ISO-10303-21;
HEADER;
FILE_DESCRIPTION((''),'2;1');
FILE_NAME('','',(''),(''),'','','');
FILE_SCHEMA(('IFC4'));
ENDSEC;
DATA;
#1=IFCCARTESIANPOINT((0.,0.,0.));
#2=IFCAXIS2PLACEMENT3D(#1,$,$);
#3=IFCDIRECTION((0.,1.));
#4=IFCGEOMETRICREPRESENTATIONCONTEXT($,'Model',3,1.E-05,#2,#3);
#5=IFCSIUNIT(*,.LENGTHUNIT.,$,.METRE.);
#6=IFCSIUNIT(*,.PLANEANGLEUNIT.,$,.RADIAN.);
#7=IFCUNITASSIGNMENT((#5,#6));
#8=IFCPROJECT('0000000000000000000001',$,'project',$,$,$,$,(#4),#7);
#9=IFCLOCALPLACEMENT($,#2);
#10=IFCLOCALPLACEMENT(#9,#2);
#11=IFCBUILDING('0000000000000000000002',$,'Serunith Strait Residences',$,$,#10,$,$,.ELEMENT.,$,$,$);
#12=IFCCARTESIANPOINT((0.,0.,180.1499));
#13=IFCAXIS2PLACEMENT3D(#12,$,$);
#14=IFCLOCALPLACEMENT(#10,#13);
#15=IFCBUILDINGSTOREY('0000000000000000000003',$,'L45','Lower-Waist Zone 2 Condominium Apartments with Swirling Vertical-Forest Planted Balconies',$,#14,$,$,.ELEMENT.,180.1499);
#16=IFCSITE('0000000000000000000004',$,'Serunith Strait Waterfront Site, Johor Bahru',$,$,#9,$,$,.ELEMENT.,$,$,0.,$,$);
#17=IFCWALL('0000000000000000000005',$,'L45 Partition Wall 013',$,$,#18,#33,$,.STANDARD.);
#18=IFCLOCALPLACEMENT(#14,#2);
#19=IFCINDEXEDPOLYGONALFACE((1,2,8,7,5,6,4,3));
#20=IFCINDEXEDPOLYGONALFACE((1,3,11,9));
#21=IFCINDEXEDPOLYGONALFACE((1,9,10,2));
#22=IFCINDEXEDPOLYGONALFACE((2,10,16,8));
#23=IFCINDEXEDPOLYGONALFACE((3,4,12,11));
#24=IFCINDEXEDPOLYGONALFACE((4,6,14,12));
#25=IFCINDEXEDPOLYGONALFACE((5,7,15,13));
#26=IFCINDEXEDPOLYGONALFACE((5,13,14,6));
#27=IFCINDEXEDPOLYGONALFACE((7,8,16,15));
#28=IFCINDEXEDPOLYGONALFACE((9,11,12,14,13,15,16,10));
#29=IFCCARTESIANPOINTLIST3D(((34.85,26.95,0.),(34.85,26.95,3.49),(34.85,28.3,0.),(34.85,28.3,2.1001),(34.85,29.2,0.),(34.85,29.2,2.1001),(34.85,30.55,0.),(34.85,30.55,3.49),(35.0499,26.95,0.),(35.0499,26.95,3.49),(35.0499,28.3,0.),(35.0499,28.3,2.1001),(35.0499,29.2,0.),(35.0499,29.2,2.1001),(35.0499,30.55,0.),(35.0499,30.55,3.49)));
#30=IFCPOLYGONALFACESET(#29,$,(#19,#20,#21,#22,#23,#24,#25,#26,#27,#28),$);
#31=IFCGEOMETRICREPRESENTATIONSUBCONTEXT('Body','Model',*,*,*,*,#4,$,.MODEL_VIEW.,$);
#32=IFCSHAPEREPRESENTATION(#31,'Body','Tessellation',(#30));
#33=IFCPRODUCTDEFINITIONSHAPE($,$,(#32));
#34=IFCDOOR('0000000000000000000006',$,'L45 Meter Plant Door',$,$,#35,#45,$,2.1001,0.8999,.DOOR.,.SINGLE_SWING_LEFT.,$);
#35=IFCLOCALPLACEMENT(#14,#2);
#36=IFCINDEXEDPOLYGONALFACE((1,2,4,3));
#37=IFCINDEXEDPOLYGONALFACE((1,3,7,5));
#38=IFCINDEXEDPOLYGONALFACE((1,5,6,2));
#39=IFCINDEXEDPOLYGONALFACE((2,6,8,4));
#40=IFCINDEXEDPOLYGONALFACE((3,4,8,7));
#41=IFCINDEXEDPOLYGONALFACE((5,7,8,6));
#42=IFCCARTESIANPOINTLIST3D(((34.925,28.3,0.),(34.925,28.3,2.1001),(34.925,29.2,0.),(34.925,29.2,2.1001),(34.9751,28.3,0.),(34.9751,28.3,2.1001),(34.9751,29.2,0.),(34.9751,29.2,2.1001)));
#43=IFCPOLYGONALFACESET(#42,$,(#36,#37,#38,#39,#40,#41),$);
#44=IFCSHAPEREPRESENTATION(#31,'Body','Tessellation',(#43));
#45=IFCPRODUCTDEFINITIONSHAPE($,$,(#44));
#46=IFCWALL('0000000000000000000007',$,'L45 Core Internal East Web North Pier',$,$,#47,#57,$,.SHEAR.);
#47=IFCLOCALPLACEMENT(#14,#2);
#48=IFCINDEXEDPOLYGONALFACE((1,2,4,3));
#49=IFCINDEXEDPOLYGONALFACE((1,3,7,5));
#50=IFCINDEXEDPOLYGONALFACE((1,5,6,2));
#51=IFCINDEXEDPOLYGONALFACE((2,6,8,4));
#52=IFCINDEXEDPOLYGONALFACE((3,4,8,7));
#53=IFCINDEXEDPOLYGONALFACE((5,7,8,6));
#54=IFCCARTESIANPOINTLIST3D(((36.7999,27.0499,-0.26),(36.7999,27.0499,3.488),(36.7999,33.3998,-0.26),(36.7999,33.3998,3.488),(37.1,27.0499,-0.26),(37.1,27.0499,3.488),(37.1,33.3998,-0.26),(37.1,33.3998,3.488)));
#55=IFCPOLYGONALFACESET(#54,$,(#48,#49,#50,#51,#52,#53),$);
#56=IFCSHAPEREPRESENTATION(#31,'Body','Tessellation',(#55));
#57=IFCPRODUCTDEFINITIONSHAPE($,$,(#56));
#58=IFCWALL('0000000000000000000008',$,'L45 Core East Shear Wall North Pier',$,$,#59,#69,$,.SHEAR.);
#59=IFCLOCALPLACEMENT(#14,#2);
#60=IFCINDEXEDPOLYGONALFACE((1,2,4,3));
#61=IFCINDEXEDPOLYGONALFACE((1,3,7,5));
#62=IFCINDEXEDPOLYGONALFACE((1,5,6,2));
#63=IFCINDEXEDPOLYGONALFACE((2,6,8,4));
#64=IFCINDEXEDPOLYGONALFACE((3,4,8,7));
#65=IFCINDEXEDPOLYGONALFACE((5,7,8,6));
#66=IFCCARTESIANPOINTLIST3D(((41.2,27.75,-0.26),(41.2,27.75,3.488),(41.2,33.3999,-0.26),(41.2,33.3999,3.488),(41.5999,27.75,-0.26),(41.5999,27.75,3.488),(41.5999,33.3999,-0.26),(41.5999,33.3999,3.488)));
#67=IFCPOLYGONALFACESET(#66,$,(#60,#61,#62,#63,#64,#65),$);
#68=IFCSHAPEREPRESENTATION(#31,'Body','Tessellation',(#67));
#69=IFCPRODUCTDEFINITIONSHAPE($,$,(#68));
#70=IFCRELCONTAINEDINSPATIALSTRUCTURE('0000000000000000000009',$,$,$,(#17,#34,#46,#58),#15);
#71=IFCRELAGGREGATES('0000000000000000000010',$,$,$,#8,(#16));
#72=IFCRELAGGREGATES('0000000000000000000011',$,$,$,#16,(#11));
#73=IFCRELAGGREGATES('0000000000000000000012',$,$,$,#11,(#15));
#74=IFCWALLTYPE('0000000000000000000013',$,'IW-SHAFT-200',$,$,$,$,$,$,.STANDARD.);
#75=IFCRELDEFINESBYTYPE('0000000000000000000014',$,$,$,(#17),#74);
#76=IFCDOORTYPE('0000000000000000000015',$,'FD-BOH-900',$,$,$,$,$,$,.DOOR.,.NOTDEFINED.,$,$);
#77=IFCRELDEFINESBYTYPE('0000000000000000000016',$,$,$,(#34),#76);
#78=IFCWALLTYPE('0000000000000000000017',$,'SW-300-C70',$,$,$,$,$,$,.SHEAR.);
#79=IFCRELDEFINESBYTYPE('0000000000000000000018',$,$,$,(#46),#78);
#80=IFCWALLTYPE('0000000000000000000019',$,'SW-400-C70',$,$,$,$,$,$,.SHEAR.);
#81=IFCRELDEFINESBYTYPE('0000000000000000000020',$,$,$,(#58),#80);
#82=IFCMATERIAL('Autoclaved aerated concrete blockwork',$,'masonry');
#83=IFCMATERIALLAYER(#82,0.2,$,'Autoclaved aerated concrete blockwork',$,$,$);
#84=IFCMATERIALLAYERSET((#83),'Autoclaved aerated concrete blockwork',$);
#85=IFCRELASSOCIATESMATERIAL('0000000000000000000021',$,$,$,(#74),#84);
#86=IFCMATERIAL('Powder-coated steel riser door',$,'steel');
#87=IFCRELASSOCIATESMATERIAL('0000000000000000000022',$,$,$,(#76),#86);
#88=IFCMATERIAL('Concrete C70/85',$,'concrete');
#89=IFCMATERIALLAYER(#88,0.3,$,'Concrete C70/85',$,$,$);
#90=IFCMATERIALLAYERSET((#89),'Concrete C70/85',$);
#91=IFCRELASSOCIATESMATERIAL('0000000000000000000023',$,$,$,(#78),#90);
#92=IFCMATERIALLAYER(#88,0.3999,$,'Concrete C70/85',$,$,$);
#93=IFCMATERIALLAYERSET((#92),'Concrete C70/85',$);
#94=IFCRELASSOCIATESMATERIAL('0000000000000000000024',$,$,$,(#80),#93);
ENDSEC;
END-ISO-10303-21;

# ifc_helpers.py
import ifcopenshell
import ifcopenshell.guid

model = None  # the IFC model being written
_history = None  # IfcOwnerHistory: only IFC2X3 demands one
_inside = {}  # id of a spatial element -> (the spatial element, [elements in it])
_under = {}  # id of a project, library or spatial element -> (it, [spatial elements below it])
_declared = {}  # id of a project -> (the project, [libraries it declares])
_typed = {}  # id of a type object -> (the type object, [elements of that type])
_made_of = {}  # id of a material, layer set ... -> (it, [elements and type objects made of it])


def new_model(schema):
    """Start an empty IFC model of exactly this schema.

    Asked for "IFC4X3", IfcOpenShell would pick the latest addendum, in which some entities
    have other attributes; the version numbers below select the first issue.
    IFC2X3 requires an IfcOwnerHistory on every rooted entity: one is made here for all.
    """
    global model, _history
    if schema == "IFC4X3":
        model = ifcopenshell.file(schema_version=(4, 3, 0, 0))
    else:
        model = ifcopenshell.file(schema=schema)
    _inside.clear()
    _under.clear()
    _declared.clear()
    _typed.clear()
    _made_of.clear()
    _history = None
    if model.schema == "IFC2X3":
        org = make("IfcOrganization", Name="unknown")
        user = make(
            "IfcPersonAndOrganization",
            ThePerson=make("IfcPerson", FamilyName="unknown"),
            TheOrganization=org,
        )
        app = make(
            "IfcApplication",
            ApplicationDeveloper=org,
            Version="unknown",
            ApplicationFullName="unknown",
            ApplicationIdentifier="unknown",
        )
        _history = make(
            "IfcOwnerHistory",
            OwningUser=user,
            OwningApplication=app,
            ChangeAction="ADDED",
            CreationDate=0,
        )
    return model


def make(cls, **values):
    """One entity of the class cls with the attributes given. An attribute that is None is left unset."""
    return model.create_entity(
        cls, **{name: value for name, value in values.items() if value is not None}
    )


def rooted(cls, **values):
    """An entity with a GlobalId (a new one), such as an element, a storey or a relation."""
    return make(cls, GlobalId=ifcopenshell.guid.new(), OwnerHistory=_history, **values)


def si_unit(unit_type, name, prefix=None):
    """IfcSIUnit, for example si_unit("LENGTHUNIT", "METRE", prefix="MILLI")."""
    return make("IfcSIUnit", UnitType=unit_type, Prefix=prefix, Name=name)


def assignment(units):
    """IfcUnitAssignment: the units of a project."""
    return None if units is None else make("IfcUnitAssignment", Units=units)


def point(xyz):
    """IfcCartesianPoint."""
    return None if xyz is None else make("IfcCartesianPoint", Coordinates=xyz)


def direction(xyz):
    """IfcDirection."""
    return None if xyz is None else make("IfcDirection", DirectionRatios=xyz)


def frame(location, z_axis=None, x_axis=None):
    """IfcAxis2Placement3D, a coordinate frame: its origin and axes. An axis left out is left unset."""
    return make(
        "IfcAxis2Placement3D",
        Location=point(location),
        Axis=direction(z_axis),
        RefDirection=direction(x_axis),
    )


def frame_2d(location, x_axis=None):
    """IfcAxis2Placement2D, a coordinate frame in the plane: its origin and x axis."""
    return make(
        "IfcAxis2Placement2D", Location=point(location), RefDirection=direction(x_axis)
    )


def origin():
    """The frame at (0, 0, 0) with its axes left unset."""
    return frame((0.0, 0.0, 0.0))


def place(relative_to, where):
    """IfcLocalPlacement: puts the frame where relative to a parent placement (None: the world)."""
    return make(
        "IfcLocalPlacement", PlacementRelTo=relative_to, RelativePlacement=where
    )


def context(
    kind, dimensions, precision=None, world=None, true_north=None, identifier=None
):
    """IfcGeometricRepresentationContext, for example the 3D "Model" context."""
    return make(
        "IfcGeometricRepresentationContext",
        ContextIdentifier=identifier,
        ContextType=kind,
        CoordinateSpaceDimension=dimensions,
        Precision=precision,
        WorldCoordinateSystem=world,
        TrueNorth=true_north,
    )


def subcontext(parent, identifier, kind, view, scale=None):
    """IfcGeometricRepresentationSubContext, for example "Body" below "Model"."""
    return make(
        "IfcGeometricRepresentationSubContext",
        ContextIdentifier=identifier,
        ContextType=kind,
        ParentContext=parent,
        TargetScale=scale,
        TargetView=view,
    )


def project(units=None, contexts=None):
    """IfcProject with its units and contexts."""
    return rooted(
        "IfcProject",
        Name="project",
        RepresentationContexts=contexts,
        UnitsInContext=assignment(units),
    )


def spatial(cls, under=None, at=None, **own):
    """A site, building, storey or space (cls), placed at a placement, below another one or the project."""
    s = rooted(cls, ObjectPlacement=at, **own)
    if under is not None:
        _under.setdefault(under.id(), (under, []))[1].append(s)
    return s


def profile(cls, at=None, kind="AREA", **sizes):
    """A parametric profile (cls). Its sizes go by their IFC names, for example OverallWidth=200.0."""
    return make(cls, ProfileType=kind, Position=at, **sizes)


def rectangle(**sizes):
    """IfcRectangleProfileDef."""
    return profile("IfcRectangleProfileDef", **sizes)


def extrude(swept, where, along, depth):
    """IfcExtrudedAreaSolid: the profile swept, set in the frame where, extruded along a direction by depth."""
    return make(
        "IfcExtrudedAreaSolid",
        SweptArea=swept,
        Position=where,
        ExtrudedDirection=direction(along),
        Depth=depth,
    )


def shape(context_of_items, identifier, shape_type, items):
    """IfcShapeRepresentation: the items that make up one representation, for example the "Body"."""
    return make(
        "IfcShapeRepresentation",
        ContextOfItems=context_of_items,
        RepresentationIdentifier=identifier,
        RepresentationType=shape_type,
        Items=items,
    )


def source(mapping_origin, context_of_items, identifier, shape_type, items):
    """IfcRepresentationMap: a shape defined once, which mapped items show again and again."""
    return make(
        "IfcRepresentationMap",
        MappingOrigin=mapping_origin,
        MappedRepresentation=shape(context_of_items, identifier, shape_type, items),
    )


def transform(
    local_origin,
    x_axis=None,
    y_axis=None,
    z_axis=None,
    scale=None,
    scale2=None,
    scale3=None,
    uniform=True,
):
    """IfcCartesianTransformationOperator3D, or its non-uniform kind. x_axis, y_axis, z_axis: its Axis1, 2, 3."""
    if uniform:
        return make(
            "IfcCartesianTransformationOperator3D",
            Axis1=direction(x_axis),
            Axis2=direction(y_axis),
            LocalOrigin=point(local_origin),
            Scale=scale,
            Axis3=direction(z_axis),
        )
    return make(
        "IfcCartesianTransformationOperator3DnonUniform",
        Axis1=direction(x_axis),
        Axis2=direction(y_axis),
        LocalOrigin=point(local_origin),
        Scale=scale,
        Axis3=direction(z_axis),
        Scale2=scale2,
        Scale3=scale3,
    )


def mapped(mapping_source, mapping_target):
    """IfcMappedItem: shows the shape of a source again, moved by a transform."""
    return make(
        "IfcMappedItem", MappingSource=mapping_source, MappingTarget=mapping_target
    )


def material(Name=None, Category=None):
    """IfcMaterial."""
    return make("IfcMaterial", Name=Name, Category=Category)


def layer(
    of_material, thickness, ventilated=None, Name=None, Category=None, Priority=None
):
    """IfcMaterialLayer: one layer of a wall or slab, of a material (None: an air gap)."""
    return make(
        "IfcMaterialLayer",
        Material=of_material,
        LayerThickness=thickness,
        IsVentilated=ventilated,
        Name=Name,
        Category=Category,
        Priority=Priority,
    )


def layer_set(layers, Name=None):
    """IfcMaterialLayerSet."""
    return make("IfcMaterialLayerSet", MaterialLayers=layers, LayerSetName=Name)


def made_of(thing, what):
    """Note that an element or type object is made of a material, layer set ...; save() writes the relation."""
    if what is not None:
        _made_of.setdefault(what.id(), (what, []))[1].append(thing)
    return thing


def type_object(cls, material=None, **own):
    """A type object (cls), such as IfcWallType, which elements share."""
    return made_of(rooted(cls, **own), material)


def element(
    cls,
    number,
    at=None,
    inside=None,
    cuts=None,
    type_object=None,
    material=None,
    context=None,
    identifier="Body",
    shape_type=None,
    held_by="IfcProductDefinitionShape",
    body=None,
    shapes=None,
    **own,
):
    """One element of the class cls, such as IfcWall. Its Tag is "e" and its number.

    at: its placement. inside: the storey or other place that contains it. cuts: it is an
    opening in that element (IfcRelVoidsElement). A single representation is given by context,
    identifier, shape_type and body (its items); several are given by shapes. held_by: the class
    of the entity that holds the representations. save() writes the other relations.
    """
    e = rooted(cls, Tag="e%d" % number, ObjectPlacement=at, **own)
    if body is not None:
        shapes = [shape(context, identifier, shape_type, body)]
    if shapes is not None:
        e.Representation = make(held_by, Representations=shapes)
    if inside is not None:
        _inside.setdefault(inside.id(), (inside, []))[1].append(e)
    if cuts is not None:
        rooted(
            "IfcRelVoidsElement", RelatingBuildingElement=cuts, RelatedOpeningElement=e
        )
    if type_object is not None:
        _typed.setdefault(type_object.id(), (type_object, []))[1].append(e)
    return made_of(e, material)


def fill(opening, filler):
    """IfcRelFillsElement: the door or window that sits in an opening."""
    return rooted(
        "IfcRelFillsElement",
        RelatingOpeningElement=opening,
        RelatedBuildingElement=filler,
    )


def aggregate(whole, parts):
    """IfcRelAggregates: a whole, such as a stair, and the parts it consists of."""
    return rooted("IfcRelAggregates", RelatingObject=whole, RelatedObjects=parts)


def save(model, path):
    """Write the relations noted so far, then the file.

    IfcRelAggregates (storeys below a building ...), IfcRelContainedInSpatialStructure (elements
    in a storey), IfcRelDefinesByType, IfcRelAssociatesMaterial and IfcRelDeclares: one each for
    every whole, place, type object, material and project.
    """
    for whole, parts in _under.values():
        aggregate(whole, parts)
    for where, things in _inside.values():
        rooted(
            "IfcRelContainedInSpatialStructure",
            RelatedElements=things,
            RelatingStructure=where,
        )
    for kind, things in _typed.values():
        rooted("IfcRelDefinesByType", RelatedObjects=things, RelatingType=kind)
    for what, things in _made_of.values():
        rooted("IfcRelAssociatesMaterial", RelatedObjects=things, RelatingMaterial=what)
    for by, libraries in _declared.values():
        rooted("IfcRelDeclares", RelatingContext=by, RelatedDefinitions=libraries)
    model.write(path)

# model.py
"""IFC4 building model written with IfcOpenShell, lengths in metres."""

from ifc_helpers import new_model, si_unit, direction, frame, frame_2d, origin, place, context, subcontext, project, spatial, rectangle, extrude, source, transform, mapped, material, layer, layer_set, type_object, element, fill, save


model = new_model("IFC4")

# Units and contexts
model_context = context("Model", 3, precision=1e-05, world=origin(), true_north=direction((0.0, 1.0)))
body_context = subcontext(model_context, "Body", "Model", "MODEL_VIEW")
ifc_project = project(units=[si_unit("LENGTHUNIT", "METRE"), si_unit("PLANEANGLEUNIT", "RADIAN")], contexts=[model_context])

# Site, building, storey
site_placement = place(None, origin())
site = spatial("IfcSite", under=ifc_project, at=site_placement, Name="Serunith Strait Waterfront Site, Johor Bahru", CompositionType="ELEMENT", RefElevation=0.0)
building_placement = place(site_placement, origin())
building = spatial("IfcBuilding", under=site, at=building_placement, Name="Serunith Strait Residences", CompositionType="ELEMENT")
storey_placement = place(building_placement, frame((0.0, 0.0, 180.1499)))
storey = spatial("IfcBuildingStorey", under=building, at=storey_placement, Name="L45", Description="Lower-Waist Zone 2 Condominium Apartments with Swirling Vertical-Forest Planted Balconies", CompositionType="ELEMENT", Elevation=180.1499)

# Shared definitions
ifc_material_1 = material(Name="Autoclaved aerated concrete blockwork", Category="masonry")
ifc_layer_1 = layer(ifc_material_1, 0.2, Name="Autoclaved aerated concrete blockwork")
ifc_layer_set_1 = layer_set([ifc_layer_1], Name="Autoclaved aerated concrete blockwork")
wall_type_1 = type_object("IfcWallType", Name="IW-SHAFT-200", PredefinedType="STANDARD", material=ifc_layer_set_1)

# Wall, opening, door
wall_1_placement = place(storey_placement, frame((34.95, 26.95, 0.0), z_axis=(0.0, 0.0, 1.0), x_axis=(0.0, 1.0, 0.0)))
wall_1 = element("IfcWall", 1, at=wall_1_placement, inside=storey, type_object=wall_type_1, Name="L45 Partition Wall 013", PredefinedType="STANDARD", context=body_context, shape_type="SweptSolid", body=[
    extrude(rectangle(XDim=3.6001, YDim=0.2, at=frame_2d((1.8, 0.0))), origin(), (0.0, 0.0, 1.0), 3.49),
])
opening_1_placement = place(wall_1_placement, frame((1.3501, 0.0, 0.0)))
opening_1 = element("IfcOpeningElement", 2, at=opening_1_placement, cuts=wall_1, PredefinedType="OPENING", context=body_context, shape_type="SweptSolid", body=[
    extrude(rectangle(XDim=0.8999, YDim=2.1001, at=frame_2d((0.45, 1.05))), frame((0.0, 0.1099, 0.0), z_axis=(0.0, -1.0, 0.0), x_axis=(1.0, 0.0, 0.0)), (0.0, 0.0, 1.0), 0.22),
])
ifc_material_2 = material(Name="Powder-coated steel riser door", Category="steel")
door_type_1 = type_object("IfcDoorType", Name="FD-BOH-900", OperationType="NOTDEFINED", PredefinedType="DOOR", material=ifc_material_2)
shared_shape_1 = source(origin(), body_context, "Body", "SweptSolid", [
    extrude(rectangle(XDim=0.8999, YDim=2.1001, at=frame_2d((0.45, 1.05))), frame((0.0, 0.0249, 0.0), z_axis=(0.0, -1.0, 0.0), x_axis=(1.0, 0.0, 0.0)), (0.0, 0.0, 1.0), 0.05),
])
door_1_placement = place(opening_1_placement, origin())
door_1 = element("IfcDoor", 3, at=door_1_placement, inside=storey, type_object=door_type_1, Name="L45 Meter Plant Door", OperationType="SINGLE_SWING_LEFT", OverallHeight=2.1001, OverallWidth=0.8999, PredefinedType="DOOR", context=body_context, shape_type="MappedRepresentation", body=[
    mapped(shared_shape_1, transform((0.0, 0.0, 0.0), scale=1.0)),
])
fill(opening_1, door_1)

# Walls
ifc_material_3 = material(Name="Concrete C70/85", Category="concrete")
ifc_layer_2 = layer(ifc_material_3, 0.3, Name="Concrete C70/85")
ifc_layer_set_2 = layer_set([ifc_layer_2], Name="Concrete C70/85")
wall_type_2 = type_object("IfcWallType", Name="SW-300-C70", PredefinedType="SHEAR", material=ifc_layer_set_2)
wall_2_placement = place(storey_placement, frame((36.95, 27.05, -0.26), z_axis=(0.0, 0.0, 1.0), x_axis=(0.0, 1.0, 0.0)))
element("IfcWall", 4, at=wall_2_placement, inside=storey, type_object=wall_type_2, Name="L45 Core Internal East Web North Pier", PredefinedType="SHEAR", context=body_context, shape_type="SweptSolid", body=[
    extrude(rectangle(XDim=6.3499, YDim=0.3, at=frame_2d((3.1748, 0.0))), origin(), (0.0, 0.0, 1.0), 3.748),
])
ifc_layer_3 = layer(ifc_material_3, 0.3999, Name="Concrete C70/85")
ifc_layer_set_3 = layer_set([ifc_layer_3], Name="Concrete C70/85")
wall_type_3 = type_object("IfcWallType", Name="SW-400-C70", PredefinedType="SHEAR", material=ifc_layer_set_3)
wall_3_placement = place(storey_placement, frame((41.3999, 27.75, -0.26), z_axis=(0.0, 0.0, 1.0), x_axis=(0.0, 1.0, 0.0)))
element("IfcWall", 5, at=wall_3_placement, inside=storey, type_object=wall_type_3, Name="L45 Core East Shear Wall North Pier", PredefinedType="SHEAR", context=body_context, shape_type="SweptSolid", body=[
    extrude(rectangle(XDim=5.6499, YDim=0.3999, at=frame_2d((2.825, 0.0))), origin(), (0.0, 0.0, 1.0), 3.748),
])

save(model, "model.ifc")
